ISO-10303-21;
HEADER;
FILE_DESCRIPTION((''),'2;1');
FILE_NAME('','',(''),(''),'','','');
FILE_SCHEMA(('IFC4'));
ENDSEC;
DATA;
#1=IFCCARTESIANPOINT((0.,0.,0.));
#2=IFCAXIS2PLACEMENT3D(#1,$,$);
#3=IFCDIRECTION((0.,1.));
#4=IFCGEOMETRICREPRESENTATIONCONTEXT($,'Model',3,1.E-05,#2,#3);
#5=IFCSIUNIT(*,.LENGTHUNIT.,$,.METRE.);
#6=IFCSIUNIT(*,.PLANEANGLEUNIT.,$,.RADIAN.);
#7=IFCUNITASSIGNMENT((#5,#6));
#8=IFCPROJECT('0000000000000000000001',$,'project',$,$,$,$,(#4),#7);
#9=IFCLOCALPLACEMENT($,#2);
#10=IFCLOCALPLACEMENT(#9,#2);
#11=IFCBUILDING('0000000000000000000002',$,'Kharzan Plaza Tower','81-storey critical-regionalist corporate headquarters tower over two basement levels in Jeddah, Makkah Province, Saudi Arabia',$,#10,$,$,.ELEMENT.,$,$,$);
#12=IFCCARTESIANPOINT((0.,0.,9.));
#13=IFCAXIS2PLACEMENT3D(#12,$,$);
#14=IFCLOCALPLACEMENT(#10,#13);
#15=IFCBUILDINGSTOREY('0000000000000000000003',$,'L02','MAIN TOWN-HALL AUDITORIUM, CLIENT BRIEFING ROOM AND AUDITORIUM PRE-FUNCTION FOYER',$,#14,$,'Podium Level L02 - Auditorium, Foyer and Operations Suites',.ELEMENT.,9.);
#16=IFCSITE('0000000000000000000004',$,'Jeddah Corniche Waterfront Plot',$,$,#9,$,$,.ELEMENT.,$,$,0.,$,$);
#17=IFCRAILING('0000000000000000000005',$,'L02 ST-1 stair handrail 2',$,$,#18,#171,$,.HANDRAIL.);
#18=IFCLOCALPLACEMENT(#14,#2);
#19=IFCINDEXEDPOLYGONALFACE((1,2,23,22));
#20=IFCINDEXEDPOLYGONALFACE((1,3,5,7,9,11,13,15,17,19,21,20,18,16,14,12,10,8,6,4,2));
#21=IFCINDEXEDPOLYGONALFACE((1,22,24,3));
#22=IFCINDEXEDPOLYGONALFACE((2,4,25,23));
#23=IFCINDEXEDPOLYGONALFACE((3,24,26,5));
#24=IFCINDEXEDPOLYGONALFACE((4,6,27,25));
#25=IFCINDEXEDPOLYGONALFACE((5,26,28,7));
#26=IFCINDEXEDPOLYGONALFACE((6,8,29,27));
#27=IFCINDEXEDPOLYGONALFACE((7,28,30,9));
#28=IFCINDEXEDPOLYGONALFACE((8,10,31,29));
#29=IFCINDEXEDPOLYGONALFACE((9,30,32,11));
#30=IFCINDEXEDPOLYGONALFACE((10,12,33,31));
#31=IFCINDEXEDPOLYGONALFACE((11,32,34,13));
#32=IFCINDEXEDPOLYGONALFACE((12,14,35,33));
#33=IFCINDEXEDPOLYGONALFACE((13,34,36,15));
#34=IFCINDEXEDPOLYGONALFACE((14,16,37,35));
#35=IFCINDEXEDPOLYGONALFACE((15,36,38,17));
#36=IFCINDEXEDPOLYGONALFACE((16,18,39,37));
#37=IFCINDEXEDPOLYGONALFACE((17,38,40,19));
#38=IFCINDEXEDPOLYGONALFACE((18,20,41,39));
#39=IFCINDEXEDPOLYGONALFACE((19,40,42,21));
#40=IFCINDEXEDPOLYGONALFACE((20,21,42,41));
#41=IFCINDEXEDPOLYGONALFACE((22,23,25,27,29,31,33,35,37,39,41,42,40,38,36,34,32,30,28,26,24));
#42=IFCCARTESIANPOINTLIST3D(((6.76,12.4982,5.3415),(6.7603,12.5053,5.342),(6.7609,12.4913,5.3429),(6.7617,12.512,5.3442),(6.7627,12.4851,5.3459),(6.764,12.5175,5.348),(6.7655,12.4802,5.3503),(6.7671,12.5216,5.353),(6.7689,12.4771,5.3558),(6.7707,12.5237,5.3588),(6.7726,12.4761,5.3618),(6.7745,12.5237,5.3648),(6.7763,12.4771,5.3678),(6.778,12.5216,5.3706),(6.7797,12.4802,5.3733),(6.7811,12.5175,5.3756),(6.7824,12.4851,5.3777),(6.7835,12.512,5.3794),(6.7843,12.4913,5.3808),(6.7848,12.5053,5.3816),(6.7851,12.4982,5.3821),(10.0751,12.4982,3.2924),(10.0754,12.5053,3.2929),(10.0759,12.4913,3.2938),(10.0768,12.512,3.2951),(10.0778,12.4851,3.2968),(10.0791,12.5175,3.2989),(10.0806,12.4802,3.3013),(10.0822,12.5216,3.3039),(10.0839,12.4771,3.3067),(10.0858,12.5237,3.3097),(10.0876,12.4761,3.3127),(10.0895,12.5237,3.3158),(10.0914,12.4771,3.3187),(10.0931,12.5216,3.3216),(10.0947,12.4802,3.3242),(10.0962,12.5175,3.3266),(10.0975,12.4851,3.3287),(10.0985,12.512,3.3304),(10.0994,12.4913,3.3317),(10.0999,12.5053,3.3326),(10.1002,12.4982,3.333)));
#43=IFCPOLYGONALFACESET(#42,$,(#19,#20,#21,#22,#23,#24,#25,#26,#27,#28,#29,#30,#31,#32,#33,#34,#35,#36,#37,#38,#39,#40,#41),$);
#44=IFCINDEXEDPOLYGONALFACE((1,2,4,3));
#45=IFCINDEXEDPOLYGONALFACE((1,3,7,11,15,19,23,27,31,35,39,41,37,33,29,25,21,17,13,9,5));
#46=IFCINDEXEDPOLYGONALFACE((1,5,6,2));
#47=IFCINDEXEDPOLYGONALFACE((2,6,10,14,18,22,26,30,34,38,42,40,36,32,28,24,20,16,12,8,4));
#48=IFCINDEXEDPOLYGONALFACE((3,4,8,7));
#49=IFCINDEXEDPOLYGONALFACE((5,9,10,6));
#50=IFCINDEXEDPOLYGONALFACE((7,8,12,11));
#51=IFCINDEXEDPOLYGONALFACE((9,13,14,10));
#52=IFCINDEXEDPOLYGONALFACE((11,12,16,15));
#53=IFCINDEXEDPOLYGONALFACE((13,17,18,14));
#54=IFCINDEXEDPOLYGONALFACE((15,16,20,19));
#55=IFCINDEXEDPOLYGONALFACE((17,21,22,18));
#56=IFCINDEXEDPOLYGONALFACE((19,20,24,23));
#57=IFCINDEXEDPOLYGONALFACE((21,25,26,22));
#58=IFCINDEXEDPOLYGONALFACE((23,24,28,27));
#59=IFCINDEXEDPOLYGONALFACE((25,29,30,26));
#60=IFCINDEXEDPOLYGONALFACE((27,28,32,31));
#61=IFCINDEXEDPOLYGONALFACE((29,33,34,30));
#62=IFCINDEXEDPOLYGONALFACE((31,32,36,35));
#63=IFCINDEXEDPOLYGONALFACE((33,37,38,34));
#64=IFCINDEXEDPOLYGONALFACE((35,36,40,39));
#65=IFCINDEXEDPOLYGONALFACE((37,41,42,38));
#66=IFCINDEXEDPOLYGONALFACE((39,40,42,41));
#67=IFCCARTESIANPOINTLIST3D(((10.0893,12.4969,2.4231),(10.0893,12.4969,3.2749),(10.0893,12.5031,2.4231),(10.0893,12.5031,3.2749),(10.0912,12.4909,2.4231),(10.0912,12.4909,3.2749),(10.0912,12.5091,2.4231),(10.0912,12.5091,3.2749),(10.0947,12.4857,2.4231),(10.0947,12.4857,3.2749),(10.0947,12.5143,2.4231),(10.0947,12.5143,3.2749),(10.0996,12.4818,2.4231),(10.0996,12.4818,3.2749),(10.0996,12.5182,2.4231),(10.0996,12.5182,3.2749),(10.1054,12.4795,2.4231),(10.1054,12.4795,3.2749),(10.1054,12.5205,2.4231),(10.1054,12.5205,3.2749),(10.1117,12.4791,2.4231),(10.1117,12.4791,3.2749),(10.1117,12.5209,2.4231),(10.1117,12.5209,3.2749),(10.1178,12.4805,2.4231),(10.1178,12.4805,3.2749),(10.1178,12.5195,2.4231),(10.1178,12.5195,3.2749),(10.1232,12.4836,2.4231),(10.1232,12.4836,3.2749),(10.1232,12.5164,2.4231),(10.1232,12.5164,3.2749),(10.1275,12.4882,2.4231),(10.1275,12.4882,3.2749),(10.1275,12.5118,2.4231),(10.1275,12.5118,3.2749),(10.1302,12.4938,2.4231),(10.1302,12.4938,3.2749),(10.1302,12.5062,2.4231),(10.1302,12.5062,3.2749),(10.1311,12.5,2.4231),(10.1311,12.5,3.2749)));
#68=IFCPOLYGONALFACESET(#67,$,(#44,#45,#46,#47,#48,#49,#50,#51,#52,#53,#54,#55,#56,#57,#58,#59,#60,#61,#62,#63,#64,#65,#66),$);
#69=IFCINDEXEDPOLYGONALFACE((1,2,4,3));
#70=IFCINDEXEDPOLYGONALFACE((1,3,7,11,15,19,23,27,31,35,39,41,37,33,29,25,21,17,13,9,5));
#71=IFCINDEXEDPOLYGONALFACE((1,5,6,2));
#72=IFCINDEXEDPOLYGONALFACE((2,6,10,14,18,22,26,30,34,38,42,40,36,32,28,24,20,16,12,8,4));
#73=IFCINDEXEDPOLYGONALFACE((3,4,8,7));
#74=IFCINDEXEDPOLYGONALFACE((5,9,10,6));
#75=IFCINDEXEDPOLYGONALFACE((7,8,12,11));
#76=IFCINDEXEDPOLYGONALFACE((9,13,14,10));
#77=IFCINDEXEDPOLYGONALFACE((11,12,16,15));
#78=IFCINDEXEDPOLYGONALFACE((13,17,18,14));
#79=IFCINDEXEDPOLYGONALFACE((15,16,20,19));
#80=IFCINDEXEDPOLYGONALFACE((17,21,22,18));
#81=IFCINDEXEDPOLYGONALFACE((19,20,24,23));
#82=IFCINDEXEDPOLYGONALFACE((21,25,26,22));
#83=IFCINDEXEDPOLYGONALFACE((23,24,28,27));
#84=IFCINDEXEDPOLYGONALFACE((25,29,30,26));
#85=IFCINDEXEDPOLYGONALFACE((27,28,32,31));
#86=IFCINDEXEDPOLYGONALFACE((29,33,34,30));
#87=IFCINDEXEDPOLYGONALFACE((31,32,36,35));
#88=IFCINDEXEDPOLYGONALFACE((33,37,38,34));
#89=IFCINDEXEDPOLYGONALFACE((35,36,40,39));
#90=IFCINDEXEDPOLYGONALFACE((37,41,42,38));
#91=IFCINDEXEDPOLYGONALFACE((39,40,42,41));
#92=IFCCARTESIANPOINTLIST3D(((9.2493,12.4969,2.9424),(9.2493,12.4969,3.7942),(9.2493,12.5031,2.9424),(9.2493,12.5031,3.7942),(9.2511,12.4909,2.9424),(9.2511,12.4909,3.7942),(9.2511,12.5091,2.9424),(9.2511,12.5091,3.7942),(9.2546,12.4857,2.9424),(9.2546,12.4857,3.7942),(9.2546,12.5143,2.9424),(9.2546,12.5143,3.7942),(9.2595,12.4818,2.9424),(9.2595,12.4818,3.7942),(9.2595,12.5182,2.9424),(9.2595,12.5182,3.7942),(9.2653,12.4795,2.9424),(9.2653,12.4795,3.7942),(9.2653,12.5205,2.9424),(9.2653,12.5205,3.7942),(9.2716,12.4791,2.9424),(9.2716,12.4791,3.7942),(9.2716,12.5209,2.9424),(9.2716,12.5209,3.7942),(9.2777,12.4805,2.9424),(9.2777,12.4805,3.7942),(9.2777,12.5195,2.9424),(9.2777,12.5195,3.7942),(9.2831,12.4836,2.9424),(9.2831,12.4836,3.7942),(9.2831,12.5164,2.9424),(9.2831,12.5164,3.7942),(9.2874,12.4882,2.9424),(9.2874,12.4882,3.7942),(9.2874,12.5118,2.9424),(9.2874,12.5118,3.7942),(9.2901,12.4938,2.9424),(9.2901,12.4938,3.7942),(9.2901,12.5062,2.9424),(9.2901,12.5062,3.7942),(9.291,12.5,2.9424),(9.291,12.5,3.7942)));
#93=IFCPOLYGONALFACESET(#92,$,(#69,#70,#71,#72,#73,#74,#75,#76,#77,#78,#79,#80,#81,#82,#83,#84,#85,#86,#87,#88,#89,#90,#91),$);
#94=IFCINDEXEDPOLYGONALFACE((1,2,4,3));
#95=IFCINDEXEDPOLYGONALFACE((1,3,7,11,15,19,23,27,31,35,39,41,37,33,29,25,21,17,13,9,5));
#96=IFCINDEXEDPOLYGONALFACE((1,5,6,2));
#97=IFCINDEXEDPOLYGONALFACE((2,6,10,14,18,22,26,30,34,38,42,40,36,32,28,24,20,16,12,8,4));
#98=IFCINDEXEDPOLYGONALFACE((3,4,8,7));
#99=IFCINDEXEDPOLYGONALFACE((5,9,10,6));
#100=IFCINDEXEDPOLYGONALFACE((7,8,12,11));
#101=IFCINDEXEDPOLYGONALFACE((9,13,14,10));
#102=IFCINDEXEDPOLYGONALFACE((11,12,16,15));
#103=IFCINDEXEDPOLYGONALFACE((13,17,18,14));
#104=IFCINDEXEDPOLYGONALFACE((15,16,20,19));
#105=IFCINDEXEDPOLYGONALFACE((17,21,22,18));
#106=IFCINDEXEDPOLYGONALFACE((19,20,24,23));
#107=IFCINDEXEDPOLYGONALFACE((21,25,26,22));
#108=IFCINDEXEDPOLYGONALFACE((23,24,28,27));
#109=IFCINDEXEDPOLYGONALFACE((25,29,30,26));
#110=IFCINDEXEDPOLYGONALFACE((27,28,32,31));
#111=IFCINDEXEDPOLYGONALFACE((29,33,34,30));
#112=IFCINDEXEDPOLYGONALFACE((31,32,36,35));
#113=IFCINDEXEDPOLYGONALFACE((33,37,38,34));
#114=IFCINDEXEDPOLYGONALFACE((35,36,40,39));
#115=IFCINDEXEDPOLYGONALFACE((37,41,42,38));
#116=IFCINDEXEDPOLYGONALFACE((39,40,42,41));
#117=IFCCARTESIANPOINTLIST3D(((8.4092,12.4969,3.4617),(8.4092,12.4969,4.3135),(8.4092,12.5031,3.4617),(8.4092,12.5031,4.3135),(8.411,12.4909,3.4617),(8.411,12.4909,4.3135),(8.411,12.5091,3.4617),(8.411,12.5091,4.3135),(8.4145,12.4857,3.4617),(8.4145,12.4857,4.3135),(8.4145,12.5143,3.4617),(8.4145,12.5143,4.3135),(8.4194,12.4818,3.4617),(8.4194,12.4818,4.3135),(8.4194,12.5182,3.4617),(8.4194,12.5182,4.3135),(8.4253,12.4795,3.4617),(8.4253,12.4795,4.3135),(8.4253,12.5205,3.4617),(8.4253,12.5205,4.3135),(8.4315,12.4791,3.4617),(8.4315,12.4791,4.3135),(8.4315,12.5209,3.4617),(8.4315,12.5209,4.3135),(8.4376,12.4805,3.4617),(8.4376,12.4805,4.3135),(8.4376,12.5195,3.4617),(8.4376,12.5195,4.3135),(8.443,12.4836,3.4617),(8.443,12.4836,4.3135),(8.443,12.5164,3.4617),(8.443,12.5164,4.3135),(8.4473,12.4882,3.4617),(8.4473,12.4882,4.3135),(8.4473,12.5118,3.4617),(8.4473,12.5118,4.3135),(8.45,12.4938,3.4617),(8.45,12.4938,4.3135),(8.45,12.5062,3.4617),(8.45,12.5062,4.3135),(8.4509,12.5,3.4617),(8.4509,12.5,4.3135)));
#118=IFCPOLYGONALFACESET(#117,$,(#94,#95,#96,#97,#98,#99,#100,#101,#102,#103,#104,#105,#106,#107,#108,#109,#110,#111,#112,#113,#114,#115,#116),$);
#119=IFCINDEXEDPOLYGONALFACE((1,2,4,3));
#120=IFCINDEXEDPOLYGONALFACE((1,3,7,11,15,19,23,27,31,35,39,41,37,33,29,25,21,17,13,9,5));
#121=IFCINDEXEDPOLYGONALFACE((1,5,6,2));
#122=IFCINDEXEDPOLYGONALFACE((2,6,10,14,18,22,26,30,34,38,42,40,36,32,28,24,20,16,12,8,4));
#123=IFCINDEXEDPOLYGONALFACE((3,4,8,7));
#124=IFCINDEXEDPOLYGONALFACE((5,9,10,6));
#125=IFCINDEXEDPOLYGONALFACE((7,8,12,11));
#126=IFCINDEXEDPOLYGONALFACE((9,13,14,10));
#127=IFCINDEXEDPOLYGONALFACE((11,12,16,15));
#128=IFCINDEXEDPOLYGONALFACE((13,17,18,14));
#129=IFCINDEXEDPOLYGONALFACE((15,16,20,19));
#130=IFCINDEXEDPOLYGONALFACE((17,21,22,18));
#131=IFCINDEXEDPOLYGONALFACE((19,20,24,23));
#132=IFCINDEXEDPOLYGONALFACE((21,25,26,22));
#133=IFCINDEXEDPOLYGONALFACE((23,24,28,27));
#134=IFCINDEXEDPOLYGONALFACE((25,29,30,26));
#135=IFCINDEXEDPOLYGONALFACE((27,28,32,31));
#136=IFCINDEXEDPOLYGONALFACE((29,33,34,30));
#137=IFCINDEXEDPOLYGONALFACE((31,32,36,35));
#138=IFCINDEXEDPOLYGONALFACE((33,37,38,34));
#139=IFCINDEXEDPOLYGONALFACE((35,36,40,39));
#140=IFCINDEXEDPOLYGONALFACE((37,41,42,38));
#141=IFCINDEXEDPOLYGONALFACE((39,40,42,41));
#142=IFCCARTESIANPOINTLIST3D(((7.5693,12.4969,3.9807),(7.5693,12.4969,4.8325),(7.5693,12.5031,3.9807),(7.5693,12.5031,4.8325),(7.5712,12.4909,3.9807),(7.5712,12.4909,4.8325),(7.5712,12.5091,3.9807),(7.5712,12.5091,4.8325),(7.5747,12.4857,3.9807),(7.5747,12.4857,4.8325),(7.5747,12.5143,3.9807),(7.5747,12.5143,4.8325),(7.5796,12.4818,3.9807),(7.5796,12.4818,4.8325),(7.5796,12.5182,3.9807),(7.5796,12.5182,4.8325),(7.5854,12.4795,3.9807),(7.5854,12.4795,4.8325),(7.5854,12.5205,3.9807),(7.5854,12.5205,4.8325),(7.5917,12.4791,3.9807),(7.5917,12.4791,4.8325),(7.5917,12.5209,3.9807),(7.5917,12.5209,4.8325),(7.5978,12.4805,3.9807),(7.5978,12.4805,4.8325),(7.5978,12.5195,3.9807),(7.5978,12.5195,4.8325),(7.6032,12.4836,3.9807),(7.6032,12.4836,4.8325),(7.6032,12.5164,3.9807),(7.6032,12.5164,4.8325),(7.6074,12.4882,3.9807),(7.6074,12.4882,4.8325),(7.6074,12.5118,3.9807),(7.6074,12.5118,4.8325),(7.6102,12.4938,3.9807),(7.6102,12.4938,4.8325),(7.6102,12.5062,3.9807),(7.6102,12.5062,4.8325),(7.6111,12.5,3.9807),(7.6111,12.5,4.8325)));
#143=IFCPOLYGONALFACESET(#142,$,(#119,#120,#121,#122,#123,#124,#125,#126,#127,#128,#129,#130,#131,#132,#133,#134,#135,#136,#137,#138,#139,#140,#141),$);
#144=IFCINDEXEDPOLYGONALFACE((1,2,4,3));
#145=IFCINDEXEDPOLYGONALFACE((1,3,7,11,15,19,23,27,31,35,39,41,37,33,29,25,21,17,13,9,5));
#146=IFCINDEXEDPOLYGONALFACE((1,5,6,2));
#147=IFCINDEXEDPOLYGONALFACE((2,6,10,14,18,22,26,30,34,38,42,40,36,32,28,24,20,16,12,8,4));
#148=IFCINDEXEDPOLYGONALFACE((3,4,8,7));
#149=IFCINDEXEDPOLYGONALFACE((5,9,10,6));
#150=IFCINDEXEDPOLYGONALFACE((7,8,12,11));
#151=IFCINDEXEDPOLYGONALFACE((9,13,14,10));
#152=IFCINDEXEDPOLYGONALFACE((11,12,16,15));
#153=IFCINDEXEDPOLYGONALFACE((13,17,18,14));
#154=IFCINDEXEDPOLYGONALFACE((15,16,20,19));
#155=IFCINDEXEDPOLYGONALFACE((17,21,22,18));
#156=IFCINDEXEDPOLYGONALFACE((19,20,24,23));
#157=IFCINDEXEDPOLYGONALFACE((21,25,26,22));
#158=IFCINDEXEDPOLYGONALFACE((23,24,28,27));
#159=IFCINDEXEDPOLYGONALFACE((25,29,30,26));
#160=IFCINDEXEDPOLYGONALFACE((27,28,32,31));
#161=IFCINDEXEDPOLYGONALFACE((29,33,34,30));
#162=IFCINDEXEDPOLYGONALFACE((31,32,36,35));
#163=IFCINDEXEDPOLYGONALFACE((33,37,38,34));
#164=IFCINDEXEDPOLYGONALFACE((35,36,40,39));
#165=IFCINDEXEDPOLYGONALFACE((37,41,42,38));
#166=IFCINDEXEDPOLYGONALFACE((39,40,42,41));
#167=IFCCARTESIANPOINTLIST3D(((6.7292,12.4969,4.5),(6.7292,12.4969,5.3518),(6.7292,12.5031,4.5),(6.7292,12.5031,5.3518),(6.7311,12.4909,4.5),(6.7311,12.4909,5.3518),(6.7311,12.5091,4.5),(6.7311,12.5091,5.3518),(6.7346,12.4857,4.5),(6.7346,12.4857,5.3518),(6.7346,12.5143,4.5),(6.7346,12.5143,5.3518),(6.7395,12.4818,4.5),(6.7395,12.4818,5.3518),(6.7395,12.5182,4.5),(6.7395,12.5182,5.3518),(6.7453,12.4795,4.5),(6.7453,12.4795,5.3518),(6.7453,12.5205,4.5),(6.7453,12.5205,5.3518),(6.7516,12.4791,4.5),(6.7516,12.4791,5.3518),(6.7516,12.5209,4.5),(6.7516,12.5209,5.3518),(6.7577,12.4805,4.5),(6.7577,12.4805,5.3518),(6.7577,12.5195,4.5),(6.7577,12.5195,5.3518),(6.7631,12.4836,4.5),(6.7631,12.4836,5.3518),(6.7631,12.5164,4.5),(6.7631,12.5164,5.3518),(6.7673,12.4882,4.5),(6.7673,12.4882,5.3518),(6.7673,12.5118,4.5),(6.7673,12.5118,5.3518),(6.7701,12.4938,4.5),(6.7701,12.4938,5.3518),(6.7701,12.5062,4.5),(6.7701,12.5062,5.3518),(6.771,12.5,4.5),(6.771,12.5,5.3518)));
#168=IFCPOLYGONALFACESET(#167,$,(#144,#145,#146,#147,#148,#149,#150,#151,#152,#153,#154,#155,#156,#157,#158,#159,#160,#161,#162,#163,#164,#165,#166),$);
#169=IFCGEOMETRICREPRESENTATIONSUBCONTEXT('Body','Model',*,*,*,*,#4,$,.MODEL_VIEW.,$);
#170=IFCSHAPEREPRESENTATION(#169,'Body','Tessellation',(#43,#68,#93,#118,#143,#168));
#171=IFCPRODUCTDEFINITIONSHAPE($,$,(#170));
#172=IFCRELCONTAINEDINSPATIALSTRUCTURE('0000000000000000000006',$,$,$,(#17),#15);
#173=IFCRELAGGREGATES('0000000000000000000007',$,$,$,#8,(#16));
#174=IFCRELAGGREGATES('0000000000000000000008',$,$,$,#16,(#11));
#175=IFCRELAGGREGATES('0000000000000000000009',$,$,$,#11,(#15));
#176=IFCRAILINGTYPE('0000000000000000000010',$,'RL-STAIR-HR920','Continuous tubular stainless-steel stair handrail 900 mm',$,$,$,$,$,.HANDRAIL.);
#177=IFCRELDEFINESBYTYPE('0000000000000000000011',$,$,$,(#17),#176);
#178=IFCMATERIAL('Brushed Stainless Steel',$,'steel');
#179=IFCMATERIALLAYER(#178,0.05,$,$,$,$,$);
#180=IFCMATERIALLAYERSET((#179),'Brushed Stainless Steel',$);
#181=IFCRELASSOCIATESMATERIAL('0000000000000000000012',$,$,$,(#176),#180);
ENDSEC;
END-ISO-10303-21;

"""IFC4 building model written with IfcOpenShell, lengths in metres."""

from ifc_helpers import new_model, si_unit, direction, frame, origin, origin_2d, place, context, subcontext, project, spatial, circle, extrude, source, transform, mapped, material, layer, layer_set, type_object, element, save


model = new_model("IFC4")

# Units and contexts
model_context = context("Model", 3, precision=1e-05, world=origin(), true_north=direction((0.0, 1.0)))
body_context = subcontext(model_context, "Body", "Model", "MODEL_VIEW")
ifc_project = project(units=[si_unit("LENGTHUNIT", "METRE"), si_unit("PLANEANGLEUNIT", "RADIAN")], contexts=[model_context])

# Site, building, storey
site_placement = place(None, origin())
site = spatial("IfcSite", under=ifc_project, at=site_placement, Name="Jeddah Corniche Waterfront Plot", CompositionType="ELEMENT", RefElevation=0.0)
building_placement = place(site_placement, origin())
building = spatial("IfcBuilding", under=site, at=building_placement, Name="Kharzan Plaza Tower", Description="81-storey critical-regionalist corporate headquarters tower over two basement levels in Jeddah, Makkah Province, Saudi Arabia", CompositionType="ELEMENT")
storey_placement = place(building_placement, frame((0.0, 0.0, 9.0)))
storey = spatial("IfcBuildingStorey", under=building, at=storey_placement, Name="L02", Description="MAIN TOWN-HALL AUDITORIUM, CLIENT BRIEFING ROOM AND AUDITORIUM PRE-FUNCTION FOYER", LongName="Podium Level L02 - Auditorium, Foyer and Operations Suites", CompositionType="ELEMENT", Elevation=9.0)

# Shared definitions
ifc_material_1 = material(Name="Brushed Stainless Steel", Category="steel")

# Railing
ifc_layer_1 = layer(ifc_material_1, 0.05)
ifc_layer_set_1 = layer_set([ifc_layer_1], Name="Brushed Stainless Steel")
railing_type_1 = type_object("IfcRailingType", Name="RL-STAIR-HR920", Description="Continuous tubular stainless-steel stair handrail 900 mm", PredefinedType="HANDRAIL", material=ifc_layer_set_1)
shared_shape_1 = source(origin(), body_context, "Body", "SweptSolid", [
    extrude(circle(Radius=0.0239, at=origin_2d()), frame((-0.0225, 0.0, 0.8896), z_axis=(-0.850623, 0.0, 0.525776), x_axis=(0.0, -1.0, 0.0)), (0.0, 0.0, 1.0), 3.8972),
    extrude(circle(Radius=0.021, at=origin_2d()), origin(), (0.0, 0.0, 1.0), 0.8518),
    extrude(circle(Radius=0.021, at=origin_2d()), frame((-0.8401, 0.0, 0.5193)), (0.0, 0.0, 1.0), 0.8518),
    extrude(circle(Radius=0.021, at=origin_2d()), frame((-1.6802, 0.0, 1.0386)), (0.0, 0.0, 1.0), 0.8518),
    extrude(circle(Radius=0.021, at=origin_2d()), frame((-2.52, 0.0, 1.5576)), (0.0, 0.0, 1.0), 0.8518),
    extrude(circle(Radius=0.021, at=origin_2d()), frame((-3.3601, 0.0, 2.0769)), (0.0, 0.0, 1.0), 0.8518),
])
railing_1_placement = place(storey_placement, frame((10.1101, 12.5, 2.4231)))
element("IfcRailing", 1, at=railing_1_placement, inside=storey, type_object=railing_type_1, Name="L02 ST-1 stair handrail 2", PredefinedType="HANDRAIL", context=body_context, shape_type="MappedRepresentation", body=[
    mapped(shared_shape_1, transform((0.0, 0.0, 0.0), x_axis=(1.0, 0.0, 0.0), y_axis=(0.0, 1.0, 0.0), z_axis=(0.0, 0.0, 1.0))),
])

save(model, "model.ifc")
